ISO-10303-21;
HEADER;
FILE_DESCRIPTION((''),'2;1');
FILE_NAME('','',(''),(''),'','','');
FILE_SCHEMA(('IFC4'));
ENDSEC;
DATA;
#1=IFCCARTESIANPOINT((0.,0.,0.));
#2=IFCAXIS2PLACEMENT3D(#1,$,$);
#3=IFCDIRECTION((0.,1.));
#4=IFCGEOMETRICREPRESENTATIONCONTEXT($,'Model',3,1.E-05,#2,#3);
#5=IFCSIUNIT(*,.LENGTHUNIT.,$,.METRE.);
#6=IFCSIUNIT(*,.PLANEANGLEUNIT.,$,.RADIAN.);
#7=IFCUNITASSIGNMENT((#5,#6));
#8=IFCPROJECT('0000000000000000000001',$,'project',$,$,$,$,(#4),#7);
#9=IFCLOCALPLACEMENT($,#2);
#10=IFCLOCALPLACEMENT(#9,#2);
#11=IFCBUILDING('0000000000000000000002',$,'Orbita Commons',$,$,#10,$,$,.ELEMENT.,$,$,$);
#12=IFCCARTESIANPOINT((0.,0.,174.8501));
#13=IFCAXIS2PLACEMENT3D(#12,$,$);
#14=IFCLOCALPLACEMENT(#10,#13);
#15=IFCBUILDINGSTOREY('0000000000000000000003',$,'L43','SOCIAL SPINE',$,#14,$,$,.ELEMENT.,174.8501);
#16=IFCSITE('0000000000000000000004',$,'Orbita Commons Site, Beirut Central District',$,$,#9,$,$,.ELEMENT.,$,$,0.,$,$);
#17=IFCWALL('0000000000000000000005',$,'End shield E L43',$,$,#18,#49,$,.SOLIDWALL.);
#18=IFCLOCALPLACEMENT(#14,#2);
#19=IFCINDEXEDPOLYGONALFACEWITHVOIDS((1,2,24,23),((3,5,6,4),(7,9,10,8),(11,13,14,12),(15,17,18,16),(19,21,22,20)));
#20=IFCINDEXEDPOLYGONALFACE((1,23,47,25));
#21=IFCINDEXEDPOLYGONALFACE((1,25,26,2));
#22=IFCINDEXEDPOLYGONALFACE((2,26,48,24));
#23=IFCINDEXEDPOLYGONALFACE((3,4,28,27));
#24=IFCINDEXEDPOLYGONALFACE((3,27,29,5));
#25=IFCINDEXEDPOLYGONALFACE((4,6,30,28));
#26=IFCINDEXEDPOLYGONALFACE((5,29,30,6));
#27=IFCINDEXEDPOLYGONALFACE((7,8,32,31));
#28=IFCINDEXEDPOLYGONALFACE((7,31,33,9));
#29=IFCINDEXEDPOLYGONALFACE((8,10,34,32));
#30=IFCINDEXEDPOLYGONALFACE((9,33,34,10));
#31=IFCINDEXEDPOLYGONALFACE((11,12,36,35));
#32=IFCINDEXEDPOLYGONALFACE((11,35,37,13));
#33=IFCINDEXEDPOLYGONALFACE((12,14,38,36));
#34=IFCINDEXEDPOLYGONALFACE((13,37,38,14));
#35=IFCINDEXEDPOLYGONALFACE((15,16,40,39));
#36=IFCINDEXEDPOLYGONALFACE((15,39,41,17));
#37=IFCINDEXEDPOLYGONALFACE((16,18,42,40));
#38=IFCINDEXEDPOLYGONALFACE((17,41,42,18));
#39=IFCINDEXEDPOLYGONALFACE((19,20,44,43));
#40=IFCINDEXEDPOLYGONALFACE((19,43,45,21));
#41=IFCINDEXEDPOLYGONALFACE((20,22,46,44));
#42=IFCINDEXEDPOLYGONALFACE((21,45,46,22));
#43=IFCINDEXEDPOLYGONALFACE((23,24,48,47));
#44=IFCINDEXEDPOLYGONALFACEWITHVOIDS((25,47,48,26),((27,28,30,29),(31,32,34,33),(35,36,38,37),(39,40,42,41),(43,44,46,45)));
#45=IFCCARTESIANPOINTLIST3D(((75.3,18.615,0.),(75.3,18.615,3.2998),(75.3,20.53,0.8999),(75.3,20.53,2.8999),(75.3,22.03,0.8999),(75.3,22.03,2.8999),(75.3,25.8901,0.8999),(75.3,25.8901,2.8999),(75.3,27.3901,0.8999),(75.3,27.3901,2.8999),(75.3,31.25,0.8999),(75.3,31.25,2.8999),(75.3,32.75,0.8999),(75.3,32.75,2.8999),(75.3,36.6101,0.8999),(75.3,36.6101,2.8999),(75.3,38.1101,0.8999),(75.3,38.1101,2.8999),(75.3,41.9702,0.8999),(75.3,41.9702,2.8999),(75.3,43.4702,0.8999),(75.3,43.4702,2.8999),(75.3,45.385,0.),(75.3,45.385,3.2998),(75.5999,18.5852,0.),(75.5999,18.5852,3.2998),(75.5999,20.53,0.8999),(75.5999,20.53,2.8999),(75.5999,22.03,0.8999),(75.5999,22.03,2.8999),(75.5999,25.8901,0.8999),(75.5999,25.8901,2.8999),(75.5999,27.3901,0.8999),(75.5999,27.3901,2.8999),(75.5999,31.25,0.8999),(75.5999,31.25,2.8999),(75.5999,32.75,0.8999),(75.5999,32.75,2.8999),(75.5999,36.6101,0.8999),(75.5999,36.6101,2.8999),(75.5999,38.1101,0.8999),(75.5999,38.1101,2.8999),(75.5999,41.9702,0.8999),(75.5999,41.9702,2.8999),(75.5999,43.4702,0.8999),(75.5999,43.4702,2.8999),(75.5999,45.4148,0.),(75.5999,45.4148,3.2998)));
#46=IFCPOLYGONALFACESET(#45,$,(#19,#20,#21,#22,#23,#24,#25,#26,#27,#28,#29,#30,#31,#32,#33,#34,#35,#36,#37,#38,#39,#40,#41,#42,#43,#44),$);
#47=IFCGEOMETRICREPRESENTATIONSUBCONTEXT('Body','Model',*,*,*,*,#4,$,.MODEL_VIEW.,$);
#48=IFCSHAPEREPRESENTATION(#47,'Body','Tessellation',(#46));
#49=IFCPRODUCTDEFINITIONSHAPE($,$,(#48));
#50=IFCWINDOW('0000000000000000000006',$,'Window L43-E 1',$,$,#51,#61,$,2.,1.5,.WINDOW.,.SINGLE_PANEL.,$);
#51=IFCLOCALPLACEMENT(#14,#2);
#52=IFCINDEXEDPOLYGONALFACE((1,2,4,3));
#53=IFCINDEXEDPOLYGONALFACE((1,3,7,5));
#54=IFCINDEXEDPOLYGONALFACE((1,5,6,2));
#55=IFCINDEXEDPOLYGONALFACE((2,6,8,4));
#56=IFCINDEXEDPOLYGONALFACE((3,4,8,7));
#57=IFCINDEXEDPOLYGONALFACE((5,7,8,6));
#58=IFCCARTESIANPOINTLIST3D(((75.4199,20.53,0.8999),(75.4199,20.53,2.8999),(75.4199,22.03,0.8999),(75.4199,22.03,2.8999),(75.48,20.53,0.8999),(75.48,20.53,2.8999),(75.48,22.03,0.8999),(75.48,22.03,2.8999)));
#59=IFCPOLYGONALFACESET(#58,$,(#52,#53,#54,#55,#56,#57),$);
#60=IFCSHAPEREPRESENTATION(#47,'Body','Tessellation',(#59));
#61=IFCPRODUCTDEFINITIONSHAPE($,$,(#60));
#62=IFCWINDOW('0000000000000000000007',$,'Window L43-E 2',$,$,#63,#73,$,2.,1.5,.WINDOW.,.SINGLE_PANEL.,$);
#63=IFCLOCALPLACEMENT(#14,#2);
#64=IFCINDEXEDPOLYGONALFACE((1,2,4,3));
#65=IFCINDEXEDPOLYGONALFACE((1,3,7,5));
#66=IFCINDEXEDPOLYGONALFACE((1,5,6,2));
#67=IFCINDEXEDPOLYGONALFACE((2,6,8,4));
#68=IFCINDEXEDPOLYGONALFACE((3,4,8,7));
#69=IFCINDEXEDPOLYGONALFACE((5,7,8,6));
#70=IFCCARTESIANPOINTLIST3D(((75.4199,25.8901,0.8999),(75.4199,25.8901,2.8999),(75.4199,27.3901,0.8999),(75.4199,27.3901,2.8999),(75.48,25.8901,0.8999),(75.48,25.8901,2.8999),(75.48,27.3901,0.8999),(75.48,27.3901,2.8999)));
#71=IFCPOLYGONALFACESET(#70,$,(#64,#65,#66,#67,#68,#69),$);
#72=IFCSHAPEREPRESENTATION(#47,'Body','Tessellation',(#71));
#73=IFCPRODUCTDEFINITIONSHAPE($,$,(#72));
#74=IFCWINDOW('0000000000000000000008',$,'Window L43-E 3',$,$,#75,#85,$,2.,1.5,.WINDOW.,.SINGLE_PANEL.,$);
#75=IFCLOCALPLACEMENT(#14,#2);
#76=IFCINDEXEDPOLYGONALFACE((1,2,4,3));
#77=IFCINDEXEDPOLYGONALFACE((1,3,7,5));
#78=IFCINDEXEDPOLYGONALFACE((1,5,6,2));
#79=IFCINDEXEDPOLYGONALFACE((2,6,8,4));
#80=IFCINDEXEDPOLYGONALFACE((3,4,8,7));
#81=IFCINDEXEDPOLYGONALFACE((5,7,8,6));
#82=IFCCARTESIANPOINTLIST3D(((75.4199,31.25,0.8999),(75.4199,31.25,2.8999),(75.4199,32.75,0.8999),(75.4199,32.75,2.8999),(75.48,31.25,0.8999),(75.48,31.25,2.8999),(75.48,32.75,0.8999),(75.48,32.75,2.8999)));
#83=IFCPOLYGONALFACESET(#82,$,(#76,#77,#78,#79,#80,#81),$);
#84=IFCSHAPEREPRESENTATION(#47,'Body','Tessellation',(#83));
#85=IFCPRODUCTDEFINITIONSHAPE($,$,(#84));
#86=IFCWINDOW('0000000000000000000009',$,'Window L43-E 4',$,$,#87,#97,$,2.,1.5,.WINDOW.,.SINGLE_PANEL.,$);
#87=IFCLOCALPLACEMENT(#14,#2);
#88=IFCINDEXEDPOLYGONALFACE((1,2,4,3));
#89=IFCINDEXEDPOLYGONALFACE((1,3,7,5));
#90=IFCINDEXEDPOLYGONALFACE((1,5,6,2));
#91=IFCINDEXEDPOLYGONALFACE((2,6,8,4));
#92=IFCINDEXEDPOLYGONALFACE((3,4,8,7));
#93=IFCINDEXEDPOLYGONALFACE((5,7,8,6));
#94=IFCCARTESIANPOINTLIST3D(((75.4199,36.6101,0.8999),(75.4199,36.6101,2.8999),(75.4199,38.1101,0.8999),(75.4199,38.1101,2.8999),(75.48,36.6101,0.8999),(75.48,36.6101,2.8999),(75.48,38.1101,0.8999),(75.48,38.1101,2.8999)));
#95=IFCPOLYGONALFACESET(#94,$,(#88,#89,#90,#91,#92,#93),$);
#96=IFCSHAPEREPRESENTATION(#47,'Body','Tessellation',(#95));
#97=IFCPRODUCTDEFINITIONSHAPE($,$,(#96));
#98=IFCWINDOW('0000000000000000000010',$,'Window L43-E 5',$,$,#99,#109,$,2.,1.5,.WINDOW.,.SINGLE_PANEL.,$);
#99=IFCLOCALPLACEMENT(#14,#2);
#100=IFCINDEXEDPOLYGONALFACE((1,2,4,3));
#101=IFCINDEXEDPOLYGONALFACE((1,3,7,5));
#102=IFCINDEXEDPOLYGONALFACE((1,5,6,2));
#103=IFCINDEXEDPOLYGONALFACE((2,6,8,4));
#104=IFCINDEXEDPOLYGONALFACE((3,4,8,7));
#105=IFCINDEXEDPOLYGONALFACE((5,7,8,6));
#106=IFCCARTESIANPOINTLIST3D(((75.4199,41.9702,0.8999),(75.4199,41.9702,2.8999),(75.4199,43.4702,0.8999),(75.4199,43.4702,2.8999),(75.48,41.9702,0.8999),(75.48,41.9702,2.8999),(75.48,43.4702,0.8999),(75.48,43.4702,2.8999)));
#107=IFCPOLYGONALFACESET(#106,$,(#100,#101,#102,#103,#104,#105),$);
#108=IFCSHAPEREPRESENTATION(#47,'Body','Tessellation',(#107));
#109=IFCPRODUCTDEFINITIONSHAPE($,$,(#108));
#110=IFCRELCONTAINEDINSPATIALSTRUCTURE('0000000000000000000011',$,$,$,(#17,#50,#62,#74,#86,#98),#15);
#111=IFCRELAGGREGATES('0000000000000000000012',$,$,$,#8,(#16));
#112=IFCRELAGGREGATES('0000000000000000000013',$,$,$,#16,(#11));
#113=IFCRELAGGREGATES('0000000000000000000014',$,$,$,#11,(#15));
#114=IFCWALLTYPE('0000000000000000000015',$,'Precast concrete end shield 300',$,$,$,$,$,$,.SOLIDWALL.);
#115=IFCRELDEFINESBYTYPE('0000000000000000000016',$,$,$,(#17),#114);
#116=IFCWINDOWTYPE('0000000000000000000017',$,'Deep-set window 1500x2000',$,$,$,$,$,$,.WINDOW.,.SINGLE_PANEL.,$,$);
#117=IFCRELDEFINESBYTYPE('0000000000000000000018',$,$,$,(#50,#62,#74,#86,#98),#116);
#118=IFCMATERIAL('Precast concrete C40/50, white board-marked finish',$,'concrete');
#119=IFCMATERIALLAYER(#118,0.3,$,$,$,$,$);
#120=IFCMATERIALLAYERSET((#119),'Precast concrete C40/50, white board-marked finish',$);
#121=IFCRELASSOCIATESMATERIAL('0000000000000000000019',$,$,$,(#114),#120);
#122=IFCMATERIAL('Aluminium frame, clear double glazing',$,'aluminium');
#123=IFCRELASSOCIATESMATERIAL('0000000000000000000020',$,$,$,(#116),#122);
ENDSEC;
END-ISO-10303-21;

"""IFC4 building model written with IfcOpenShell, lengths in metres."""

from ifc_helpers import new_model, si_unit, direction, frame, frame_2d, origin, place, context, subcontext, project, spatial, polyline, rectangle, outline, extrude, material, layer, layer_set, type_object, element, fill, save


model = new_model("IFC4")

# Units and contexts
model_context = context("Model", 3, precision=1e-05, world=origin(), true_north=direction((0.0, 1.0)))
body_context = subcontext(model_context, "Body", "Model", "MODEL_VIEW")
ifc_project = project(units=[si_unit("LENGTHUNIT", "METRE"), si_unit("PLANEANGLEUNIT", "RADIAN")], contexts=[model_context])

# Site, building, storey
site_placement = place(None, origin())
site = spatial("IfcSite", under=ifc_project, at=site_placement, Name="Orbita Commons Site, Beirut Central District", CompositionType="ELEMENT", RefElevation=0.0)
building_placement = place(site_placement, origin())
building = spatial("IfcBuilding", under=site, at=building_placement, Name="Orbita Commons", CompositionType="ELEMENT")
storey_placement = place(building_placement, frame((0.0, 0.0, 174.8501)))
storey = spatial("IfcBuildingStorey", under=building, at=storey_placement, Name="L43", Description="SOCIAL SPINE", CompositionType="ELEMENT", Elevation=174.8501)

# Wall, openings, windows
ifc_material_1 = material(Name="Precast concrete C40/50, white board-marked finish", Category="concrete")
ifc_layer_1 = layer(ifc_material_1, 0.3)
ifc_layer_set_1 = layer_set([ifc_layer_1], Name="Precast concrete C40/50, white board-marked finish")
wall_type_1 = type_object("IfcWallType", Name="Precast concrete end shield 300", PredefinedType="SOLIDWALL", material=ifc_layer_set_1)
wall_1_placement = place(storey_placement, frame((75.45, 18.6001, 0.0), z_axis=(0.0, 0.0, 1.0), x_axis=(0.0, 1.0, 0.0)))
wall_1 = element("IfcWall", 1, at=wall_1_placement, inside=storey, type_object=wall_type_1, Name="End shield E L43", PredefinedType="SOLIDWALL", context=body_context, shape_type="SweptSolid", body=[
    extrude(outline(polyline([(-0.0149, -0.1499), (26.8147, -0.1499), (26.7849, 0.1499), (0.0149, 0.1499), (-0.0149, -0.1499)])), origin(), (0.0, 0.0, 1.0), 3.2998),
])
opening_1_placement = place(wall_1_placement, frame((1.9299, 0.0, 0.8999)))
opening_1 = element("IfcOpeningElement", 2, at=opening_1_placement, cuts=wall_1, PredefinedType="OPENING", context=body_context, shape_type="SweptSolid", body=[
    extrude(rectangle(XDim=1.5, YDim=2.0, at=frame_2d((0.75, 1.0))), frame((0.0, 0.1599, 0.0), z_axis=(0.0, -1.0, 0.0), x_axis=(1.0, 0.0, 0.0)), (0.0, 0.0, 1.0), 0.3201),
])
opening_2_placement = place(wall_1_placement, frame((7.29, 0.0, 0.8999)))
opening_2 = element("IfcOpeningElement", 3, at=opening_2_placement, cuts=wall_1, PredefinedType="OPENING", context=body_context, shape_type="SweptSolid", body=[
    extrude(rectangle(XDim=1.5, YDim=2.0, at=frame_2d((0.75, 1.0))), frame((0.0, 0.1599, 0.0), z_axis=(0.0, -1.0, 0.0), x_axis=(1.0, 0.0, 0.0)), (0.0, 0.0, 1.0), 0.3201),
])
opening_3_placement = place(wall_1_placement, frame((12.6499, 0.0, 0.8999)))
opening_3 = element("IfcOpeningElement", 4, at=opening_3_placement, cuts=wall_1, PredefinedType="OPENING", context=body_context, shape_type="SweptSolid", body=[
    extrude(rectangle(XDim=1.5, YDim=2.0, at=frame_2d((0.75, 1.0))), frame((0.0, 0.1599, 0.0), z_axis=(0.0, -1.0, 0.0), x_axis=(1.0, 0.0, 0.0)), (0.0, 0.0, 1.0), 0.3201),
])
opening_4_placement = place(wall_1_placement, frame((18.01, 0.0, 0.8999)))
opening_4 = element("IfcOpeningElement", 5, at=opening_4_placement, cuts=wall_1, PredefinedType="OPENING", context=body_context, shape_type="SweptSolid", body=[
    extrude(rectangle(XDim=1.5, YDim=2.0, at=frame_2d((0.75, 1.0))), frame((0.0, 0.1599, 0.0), z_axis=(0.0, -1.0, 0.0), x_axis=(1.0, 0.0, 0.0)), (0.0, 0.0, 1.0), 0.3201),
])
opening_5_placement = place(wall_1_placement, frame((23.3701, 0.0, 0.8999)))
opening_5 = element("IfcOpeningElement", 6, at=opening_5_placement, cuts=wall_1, PredefinedType="OPENING", context=body_context, shape_type="SweptSolid", body=[
    extrude(rectangle(XDim=1.5, YDim=2.0, at=frame_2d((0.75, 1.0))), frame((0.0, 0.1599, 0.0), z_axis=(0.0, -1.0, 0.0), x_axis=(1.0, 0.0, 0.0)), (0.0, 0.0, 1.0), 0.3201),
])
ifc_material_2 = material(Name="Aluminium frame, clear double glazing", Category="aluminium")
window_type = type_object("IfcWindowType", Name="Deep-set window 1500x2000", PartitioningType="SINGLE_PANEL", PredefinedType="WINDOW", material=ifc_material_2)
window_1_placement = place(opening_1_placement, origin())
window_1 = element("IfcWindow", 7, at=window_1_placement, inside=storey, type_object=window_type, Name="Window L43-E 1", OverallHeight=2.0, OverallWidth=1.5, PartitioningType="SINGLE_PANEL", PredefinedType="WINDOW", context=body_context, shape_type="SweptSolid", body=[
    extrude(rectangle(XDim=1.5, YDim=2.0, at=frame_2d((0.75, 1.0))), frame((0.0, 0.03, 0.0), z_axis=(0.0, -1.0, 0.0), x_axis=(1.0, 0.0, 0.0)), (0.0, 0.0, 1.0), 0.0601),
])
fill(opening_1, window_1)
window_2_placement = place(opening_2_placement, origin())
window_2 = element("IfcWindow", 8, at=window_2_placement, inside=storey, type_object=window_type, Name="Window L43-E 2", OverallHeight=2.0, OverallWidth=1.5, PartitioningType="SINGLE_PANEL", PredefinedType="WINDOW", context=body_context, shape_type="SweptSolid", body=[
    extrude(rectangle(XDim=1.5, YDim=2.0, at=frame_2d((0.75, 1.0))), frame((0.0, 0.03, 0.0), z_axis=(0.0, -1.0, 0.0), x_axis=(1.0, 0.0, 0.0)), (0.0, 0.0, 1.0), 0.0601),
])
fill(opening_2, window_2)
window_3_placement = place(opening_3_placement, origin())
window_3 = element("IfcWindow", 9, at=window_3_placement, inside=storey, type_object=window_type, Name="Window L43-E 3", OverallHeight=2.0, OverallWidth=1.5, PartitioningType="SINGLE_PANEL", PredefinedType="WINDOW", context=body_context, shape_type="SweptSolid", body=[
    extrude(rectangle(XDim=1.5, YDim=2.0, at=frame_2d((0.75, 1.0))), frame((0.0, 0.03, 0.0), z_axis=(0.0, -1.0, 0.0), x_axis=(1.0, 0.0, 0.0)), (0.0, 0.0, 1.0), 0.0601),
])
fill(opening_3, window_3)
window_4_placement = place(opening_4_placement, origin())
window_4 = element("IfcWindow", 10, at=window_4_placement, inside=storey, type_object=window_type, Name="Window L43-E 4", OverallHeight=2.0, OverallWidth=1.5, PartitioningType="SINGLE_PANEL", PredefinedType="WINDOW", context=body_context, shape_type="SweptSolid", body=[
    extrude(rectangle(XDim=1.5, YDim=2.0, at=frame_2d((0.75, 1.0))), frame((0.0, 0.03, 0.0), z_axis=(0.0, -1.0, 0.0), x_axis=(1.0, 0.0, 0.0)), (0.0, 0.0, 1.0), 0.0601),
])
fill(opening_4, window_4)
window_5_placement = place(opening_5_placement, origin())
window_5 = element("IfcWindow", 11, at=window_5_placement, inside=storey, type_object=window_type, Name="Window L43-E 5", OverallHeight=2.0, OverallWidth=1.5, PartitioningType="SINGLE_PANEL", PredefinedType="WINDOW", context=body_context, shape_type="SweptSolid", body=[
    extrude(rectangle(XDim=1.5, YDim=2.0, at=frame_2d((0.75, 1.0))), frame((0.0, 0.03, 0.0), z_axis=(0.0, -1.0, 0.0), x_axis=(1.0, 0.0, 0.0)), (0.0, 0.0, 1.0), 0.0601),
])
fill(opening_5, window_5)

save(model, "model.ifc")
